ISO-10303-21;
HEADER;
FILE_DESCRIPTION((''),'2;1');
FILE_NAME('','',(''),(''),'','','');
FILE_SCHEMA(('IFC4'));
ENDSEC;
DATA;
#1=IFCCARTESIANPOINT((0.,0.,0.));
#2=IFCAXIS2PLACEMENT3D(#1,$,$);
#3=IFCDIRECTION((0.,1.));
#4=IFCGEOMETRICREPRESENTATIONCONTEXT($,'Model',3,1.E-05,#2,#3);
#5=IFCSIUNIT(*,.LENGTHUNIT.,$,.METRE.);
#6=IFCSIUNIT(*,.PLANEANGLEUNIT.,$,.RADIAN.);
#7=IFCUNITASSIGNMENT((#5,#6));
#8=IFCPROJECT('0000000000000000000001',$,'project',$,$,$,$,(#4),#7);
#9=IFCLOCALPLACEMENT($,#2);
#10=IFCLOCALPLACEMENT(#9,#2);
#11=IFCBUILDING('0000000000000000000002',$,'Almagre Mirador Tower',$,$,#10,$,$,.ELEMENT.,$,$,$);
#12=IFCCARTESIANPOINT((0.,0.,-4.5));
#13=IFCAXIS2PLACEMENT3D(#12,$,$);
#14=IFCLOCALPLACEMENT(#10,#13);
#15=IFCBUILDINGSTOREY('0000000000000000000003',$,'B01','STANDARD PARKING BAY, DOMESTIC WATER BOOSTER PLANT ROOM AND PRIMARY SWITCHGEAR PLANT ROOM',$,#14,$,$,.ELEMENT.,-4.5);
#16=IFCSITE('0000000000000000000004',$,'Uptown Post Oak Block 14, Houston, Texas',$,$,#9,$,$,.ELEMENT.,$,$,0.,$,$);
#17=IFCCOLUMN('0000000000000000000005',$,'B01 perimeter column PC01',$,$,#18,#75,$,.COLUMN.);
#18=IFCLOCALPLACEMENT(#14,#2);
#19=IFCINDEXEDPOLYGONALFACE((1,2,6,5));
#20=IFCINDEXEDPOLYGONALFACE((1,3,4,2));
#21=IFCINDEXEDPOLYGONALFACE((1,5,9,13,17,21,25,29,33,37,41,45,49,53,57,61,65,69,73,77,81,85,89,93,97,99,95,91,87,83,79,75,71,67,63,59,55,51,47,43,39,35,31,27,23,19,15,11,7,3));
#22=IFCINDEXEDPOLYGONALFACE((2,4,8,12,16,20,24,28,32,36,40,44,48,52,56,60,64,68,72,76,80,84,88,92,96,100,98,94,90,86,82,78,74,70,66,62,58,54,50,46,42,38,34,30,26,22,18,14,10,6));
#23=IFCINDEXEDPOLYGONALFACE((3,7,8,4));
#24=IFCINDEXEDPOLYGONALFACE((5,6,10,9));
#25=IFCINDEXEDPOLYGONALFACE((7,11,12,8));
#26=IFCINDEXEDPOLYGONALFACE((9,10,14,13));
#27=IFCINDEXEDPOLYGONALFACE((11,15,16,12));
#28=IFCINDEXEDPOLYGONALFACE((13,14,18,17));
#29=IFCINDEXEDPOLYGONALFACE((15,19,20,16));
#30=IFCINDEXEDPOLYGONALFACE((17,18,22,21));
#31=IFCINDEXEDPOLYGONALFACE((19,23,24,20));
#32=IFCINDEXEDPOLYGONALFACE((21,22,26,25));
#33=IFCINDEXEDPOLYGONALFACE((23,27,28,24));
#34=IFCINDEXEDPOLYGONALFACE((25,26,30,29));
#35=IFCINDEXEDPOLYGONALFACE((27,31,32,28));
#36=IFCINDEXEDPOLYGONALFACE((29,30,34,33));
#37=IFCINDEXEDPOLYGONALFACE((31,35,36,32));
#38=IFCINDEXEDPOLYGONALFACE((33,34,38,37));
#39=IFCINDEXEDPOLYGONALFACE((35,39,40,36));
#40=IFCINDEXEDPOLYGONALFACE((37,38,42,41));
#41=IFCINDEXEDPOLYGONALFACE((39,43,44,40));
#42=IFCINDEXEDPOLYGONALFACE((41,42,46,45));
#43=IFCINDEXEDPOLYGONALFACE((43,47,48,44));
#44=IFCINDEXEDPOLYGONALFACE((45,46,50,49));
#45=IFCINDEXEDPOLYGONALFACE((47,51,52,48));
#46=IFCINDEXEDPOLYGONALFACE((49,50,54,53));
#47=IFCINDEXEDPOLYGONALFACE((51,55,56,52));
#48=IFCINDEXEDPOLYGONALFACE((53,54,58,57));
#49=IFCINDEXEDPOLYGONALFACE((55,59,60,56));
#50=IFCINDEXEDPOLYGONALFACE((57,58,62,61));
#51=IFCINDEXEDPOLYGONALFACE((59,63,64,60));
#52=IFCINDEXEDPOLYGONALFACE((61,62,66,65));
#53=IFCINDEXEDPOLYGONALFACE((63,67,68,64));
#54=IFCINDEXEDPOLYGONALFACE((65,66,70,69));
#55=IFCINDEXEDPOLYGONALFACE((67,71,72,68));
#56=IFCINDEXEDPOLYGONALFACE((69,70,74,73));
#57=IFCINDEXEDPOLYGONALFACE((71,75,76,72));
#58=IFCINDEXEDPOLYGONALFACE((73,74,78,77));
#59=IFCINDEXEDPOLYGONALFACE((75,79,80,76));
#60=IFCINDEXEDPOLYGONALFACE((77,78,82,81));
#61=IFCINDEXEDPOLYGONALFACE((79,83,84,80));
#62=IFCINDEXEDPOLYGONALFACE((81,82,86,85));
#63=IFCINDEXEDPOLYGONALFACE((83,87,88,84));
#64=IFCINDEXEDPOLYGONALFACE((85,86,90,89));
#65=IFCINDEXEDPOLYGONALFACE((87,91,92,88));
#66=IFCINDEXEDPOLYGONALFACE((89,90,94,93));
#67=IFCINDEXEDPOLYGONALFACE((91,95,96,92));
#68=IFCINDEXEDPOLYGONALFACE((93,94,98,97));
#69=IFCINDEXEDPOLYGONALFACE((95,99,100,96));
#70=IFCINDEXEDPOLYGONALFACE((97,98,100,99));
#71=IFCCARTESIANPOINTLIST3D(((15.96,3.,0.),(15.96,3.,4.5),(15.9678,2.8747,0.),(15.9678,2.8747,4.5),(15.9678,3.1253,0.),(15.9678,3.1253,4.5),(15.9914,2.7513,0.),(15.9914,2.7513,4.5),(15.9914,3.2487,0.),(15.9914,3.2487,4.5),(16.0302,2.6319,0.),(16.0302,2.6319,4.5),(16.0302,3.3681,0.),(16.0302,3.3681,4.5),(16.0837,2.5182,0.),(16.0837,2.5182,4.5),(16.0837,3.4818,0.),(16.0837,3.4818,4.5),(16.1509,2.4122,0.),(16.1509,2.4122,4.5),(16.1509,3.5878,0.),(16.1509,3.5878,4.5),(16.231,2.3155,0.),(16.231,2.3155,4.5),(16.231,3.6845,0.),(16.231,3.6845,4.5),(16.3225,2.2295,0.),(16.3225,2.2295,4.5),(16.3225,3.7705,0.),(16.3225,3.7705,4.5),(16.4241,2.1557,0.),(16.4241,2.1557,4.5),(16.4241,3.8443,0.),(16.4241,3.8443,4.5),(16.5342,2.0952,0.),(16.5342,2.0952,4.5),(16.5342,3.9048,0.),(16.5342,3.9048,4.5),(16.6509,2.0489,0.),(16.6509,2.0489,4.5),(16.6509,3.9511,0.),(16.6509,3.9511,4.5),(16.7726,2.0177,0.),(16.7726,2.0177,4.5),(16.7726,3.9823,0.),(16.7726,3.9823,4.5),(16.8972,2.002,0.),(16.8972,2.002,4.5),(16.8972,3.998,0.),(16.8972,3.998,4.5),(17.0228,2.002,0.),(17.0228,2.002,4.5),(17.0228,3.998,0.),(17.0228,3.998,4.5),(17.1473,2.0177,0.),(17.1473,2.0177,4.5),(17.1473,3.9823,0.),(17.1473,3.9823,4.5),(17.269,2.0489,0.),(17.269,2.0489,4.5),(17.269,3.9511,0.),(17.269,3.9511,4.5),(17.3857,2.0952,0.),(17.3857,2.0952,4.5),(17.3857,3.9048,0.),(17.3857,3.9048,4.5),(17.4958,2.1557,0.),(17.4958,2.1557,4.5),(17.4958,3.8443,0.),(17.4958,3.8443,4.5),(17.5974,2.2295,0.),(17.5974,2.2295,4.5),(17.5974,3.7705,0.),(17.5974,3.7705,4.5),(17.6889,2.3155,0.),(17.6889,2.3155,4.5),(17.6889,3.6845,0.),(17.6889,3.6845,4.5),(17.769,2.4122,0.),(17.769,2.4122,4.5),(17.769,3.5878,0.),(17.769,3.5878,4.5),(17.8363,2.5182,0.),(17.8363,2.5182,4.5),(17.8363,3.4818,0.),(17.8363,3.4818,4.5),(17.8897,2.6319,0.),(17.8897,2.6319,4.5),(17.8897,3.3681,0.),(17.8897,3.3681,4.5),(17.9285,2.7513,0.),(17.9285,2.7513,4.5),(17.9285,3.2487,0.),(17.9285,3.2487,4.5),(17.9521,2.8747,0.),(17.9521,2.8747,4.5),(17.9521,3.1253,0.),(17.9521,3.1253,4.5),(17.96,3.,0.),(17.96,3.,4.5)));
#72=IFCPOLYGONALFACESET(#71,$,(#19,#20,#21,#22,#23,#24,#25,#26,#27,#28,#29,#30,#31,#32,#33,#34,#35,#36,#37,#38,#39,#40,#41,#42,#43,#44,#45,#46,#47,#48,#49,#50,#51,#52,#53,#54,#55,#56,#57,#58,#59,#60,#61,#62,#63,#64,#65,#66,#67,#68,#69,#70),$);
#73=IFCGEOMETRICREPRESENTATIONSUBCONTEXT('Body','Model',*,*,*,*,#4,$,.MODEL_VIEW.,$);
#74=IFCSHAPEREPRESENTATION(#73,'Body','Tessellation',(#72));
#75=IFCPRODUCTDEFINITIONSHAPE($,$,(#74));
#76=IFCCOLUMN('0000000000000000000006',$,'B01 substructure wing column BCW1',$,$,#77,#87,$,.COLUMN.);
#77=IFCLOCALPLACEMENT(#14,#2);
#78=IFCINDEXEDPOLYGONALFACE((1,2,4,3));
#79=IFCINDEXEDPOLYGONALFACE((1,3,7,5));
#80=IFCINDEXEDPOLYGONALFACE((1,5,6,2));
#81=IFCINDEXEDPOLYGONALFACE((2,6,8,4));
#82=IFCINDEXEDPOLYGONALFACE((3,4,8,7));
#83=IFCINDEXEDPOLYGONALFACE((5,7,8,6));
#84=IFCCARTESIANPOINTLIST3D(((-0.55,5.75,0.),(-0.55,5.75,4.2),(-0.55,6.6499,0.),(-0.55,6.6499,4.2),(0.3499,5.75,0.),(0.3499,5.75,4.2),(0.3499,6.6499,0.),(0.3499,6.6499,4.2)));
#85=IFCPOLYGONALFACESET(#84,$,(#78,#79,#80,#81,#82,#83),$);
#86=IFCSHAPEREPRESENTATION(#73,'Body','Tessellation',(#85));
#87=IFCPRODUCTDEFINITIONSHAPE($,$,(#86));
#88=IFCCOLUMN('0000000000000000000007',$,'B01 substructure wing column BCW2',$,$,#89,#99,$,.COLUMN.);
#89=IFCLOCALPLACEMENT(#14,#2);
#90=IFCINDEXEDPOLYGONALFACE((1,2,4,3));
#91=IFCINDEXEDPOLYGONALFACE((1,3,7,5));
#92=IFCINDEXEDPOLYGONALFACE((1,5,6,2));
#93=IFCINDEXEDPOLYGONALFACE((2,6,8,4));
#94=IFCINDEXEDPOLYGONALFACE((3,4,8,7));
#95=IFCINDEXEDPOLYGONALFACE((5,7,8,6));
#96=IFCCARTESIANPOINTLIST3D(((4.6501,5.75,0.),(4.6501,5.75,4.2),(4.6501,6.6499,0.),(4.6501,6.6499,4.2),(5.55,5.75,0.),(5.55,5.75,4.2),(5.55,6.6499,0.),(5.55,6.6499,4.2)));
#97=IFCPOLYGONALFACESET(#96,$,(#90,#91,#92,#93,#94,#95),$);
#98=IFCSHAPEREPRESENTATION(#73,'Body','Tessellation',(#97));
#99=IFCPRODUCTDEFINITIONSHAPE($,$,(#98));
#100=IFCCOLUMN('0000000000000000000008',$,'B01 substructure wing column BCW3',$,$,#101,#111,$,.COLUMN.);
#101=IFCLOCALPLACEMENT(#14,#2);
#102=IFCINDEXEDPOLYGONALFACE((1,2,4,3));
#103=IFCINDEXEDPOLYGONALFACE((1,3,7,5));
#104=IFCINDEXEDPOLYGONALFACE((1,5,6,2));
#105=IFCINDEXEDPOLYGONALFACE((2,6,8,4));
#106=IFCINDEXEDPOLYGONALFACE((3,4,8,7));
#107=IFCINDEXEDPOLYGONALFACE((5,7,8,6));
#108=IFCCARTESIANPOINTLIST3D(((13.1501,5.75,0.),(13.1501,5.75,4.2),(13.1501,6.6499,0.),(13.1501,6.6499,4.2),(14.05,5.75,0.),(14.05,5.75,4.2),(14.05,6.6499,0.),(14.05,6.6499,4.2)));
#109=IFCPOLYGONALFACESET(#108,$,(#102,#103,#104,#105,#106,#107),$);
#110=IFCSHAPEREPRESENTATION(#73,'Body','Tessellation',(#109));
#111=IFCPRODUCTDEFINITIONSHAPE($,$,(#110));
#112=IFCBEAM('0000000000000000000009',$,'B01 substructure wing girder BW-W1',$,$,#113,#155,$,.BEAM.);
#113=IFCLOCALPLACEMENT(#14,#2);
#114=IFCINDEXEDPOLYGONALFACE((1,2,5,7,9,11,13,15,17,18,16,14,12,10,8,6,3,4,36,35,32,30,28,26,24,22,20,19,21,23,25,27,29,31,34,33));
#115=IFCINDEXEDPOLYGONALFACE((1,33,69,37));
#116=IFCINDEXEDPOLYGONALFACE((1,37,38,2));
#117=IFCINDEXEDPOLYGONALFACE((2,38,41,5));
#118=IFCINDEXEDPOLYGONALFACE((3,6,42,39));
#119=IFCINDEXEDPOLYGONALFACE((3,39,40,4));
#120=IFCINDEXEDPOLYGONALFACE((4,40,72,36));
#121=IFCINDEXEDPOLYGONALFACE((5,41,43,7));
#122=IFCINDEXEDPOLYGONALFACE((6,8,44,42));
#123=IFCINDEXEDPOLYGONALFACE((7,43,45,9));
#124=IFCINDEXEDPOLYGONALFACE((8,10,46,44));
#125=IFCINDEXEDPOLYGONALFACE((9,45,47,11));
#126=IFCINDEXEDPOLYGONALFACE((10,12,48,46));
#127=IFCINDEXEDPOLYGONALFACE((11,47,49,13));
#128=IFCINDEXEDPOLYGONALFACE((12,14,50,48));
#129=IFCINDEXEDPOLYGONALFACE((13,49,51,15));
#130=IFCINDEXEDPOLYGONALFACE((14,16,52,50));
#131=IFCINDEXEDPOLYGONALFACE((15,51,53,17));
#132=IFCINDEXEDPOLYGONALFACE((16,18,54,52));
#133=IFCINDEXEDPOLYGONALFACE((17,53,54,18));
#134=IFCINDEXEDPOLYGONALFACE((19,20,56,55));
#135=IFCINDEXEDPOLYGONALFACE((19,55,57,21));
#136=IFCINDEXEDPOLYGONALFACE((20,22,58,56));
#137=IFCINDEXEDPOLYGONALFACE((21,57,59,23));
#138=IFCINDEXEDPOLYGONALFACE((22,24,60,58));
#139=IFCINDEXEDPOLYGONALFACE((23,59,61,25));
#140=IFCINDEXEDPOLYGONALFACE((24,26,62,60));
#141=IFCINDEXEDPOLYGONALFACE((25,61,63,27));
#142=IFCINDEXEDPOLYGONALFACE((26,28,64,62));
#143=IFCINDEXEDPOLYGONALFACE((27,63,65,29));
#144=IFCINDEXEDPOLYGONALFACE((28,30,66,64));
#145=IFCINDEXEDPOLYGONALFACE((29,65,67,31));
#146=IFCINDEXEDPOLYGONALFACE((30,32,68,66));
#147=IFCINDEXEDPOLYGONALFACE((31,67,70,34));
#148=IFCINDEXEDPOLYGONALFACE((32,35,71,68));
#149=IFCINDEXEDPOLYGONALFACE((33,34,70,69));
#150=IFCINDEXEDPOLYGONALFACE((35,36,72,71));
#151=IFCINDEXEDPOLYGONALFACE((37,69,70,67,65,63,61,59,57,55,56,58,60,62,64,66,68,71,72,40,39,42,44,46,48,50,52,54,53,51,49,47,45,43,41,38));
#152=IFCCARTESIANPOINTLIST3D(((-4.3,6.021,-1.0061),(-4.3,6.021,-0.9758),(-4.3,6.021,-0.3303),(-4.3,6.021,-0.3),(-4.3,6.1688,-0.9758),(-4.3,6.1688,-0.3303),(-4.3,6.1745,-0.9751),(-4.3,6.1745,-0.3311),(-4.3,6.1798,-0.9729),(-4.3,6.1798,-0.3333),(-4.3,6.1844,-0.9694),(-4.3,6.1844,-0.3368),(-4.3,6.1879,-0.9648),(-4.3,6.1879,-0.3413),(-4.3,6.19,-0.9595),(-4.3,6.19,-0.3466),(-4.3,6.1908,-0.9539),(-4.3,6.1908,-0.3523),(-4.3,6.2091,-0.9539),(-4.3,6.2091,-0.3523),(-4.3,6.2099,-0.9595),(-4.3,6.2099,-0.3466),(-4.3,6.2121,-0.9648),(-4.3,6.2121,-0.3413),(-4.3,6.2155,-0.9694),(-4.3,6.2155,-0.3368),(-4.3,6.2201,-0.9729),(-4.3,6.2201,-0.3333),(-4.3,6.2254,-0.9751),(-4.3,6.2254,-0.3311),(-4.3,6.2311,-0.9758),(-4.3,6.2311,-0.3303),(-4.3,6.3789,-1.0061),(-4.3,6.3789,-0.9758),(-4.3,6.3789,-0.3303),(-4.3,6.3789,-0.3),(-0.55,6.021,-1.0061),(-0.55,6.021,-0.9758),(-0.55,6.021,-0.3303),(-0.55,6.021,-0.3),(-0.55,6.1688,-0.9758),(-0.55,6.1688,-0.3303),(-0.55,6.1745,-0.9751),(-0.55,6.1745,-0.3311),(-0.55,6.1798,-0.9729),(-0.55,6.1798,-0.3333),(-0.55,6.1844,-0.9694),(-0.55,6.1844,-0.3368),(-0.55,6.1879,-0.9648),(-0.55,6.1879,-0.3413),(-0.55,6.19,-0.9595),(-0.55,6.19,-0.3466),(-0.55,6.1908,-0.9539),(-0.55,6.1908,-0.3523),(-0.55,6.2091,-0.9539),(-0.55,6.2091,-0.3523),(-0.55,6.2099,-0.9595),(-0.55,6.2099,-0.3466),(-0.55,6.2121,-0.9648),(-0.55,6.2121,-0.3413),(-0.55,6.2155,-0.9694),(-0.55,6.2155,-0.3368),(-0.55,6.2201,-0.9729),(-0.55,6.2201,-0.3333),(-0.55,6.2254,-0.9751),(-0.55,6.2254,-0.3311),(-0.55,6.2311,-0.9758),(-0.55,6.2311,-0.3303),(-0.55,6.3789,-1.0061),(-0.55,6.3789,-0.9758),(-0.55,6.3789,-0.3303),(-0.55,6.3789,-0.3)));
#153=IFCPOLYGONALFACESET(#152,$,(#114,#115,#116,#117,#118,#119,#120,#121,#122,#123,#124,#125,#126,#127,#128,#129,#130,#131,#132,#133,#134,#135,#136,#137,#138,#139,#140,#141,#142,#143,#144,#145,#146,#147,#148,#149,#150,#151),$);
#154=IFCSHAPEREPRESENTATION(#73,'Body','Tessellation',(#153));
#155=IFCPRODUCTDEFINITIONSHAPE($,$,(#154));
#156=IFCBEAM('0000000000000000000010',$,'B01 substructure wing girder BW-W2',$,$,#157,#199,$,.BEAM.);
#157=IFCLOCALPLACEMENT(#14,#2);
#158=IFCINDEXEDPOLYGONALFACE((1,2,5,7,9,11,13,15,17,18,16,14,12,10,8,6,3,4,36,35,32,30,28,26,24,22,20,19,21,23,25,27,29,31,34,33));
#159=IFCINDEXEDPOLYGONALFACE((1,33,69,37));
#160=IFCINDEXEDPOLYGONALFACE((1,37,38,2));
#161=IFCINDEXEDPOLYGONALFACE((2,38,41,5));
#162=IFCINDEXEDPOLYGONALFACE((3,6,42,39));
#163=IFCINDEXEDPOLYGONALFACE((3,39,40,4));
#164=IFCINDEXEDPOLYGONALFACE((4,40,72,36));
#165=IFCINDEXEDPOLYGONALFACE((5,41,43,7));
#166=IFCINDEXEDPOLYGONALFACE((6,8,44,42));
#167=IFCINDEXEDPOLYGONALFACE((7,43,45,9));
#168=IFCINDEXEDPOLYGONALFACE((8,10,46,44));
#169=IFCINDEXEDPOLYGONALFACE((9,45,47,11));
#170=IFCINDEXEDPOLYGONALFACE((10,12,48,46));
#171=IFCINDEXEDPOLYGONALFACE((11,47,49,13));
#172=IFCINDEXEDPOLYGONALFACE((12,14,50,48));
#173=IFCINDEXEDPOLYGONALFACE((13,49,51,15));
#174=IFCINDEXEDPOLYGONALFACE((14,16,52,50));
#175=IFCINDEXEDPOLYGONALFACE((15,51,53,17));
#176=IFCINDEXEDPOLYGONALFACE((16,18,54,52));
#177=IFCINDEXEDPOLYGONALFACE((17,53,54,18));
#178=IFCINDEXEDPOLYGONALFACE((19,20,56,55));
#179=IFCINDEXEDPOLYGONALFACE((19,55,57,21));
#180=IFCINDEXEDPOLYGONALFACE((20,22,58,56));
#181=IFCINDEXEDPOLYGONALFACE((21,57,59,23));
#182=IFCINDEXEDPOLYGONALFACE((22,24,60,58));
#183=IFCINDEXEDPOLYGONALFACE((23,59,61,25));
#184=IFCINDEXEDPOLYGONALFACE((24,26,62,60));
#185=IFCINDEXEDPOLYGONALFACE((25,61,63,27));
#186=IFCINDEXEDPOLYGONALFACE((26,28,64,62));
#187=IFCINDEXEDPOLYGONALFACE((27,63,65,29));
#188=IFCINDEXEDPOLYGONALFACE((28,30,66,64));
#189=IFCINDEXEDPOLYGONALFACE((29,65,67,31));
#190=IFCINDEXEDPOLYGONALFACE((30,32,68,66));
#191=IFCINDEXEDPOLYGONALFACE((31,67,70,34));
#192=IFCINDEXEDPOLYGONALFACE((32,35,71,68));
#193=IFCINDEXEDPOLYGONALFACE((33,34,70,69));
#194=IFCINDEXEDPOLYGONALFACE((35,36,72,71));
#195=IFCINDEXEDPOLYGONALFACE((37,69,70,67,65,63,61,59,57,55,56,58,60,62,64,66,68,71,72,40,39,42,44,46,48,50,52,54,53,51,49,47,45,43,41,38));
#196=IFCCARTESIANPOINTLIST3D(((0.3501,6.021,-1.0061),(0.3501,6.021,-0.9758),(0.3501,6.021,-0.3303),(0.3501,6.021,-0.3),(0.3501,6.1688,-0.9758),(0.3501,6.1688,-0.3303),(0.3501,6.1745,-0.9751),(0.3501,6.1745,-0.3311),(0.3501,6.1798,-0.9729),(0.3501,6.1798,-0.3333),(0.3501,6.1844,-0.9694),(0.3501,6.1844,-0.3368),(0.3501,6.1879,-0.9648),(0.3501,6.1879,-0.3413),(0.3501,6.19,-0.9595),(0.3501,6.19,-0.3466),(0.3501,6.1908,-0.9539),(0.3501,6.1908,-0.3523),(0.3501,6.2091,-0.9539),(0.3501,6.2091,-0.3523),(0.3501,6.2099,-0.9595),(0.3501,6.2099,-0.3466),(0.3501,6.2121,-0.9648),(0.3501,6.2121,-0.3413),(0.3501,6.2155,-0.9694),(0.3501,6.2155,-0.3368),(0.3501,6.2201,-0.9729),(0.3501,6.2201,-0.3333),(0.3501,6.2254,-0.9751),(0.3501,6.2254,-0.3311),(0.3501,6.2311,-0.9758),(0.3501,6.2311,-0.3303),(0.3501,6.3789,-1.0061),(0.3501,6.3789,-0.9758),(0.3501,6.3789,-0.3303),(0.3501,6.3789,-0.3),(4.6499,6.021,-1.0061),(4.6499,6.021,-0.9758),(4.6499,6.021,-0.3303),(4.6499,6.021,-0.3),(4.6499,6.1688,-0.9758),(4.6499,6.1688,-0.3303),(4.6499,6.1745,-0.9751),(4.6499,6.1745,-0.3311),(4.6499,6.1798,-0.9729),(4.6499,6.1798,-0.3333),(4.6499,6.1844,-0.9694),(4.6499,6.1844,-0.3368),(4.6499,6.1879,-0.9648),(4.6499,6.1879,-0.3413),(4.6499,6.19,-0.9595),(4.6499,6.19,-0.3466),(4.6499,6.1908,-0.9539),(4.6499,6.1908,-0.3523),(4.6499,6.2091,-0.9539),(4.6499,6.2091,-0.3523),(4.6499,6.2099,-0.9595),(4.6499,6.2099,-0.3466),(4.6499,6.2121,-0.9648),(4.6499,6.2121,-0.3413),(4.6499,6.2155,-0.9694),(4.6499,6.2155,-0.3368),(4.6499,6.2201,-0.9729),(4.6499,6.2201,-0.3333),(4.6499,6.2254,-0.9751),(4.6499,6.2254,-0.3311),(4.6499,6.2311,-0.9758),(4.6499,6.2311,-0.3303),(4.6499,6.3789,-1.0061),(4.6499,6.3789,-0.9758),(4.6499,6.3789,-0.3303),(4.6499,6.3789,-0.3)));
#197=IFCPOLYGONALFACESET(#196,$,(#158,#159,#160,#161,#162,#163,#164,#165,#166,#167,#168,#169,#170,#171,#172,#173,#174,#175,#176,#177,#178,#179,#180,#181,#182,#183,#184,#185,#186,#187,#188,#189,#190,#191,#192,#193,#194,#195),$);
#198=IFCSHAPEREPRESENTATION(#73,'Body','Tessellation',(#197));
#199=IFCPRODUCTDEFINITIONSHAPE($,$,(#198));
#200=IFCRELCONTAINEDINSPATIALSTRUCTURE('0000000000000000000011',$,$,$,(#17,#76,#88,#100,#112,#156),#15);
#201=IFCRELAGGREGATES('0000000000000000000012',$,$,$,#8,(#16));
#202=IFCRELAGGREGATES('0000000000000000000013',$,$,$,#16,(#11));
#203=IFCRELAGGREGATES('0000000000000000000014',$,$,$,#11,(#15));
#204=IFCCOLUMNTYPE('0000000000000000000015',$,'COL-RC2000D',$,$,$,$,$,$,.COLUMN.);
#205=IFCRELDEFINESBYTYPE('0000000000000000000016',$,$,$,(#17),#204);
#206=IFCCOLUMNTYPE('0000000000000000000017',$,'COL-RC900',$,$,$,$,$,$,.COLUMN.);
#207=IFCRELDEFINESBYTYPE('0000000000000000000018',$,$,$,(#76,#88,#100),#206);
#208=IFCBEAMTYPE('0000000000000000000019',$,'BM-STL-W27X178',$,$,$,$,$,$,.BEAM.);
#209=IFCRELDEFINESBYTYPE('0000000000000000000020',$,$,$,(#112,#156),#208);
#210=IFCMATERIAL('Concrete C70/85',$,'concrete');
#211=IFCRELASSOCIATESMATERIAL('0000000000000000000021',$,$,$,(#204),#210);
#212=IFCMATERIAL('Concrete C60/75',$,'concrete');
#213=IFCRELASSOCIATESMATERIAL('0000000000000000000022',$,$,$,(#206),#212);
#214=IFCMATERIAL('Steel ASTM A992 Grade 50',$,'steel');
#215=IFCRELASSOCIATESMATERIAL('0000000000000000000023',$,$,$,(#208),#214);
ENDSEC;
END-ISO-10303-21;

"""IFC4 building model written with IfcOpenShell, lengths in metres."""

from ifc_helpers import new_model, si_unit, direction, frame, origin, origin_2d, place, context, subcontext, project, spatial, rectangle, circle, i_section, extrude, material, material_profile, profile_set, type_object, element, save


model = new_model("IFC4")

# Units and contexts
model_context = context("Model", 3, precision=1e-05, world=origin(), true_north=direction((0.0, 1.0)))
body_context = subcontext(model_context, "Body", "Model", "MODEL_VIEW")
ifc_project = project(units=[si_unit("LENGTHUNIT", "METRE"), si_unit("PLANEANGLEUNIT", "RADIAN")], contexts=[model_context])

# Site, building, storey
site_placement = place(None, origin())
site = spatial("IfcSite", under=ifc_project, at=site_placement, Name="Uptown Post Oak Block 14, Houston, Texas", CompositionType="ELEMENT", RefElevation=0.0)
building_placement = place(site_placement, origin())
building = spatial("IfcBuilding", under=site, at=building_placement, Name="Almagre Mirador Tower", CompositionType="ELEMENT")
storey_placement = place(building_placement, frame((0.0, 0.0, -4.5)))
storey = spatial("IfcBuildingStorey", under=building, at=storey_placement, Name="B01", Description="STANDARD PARKING BAY, DOMESTIC WATER BOOSTER PLANT ROOM AND PRIMARY SWITCHGEAR PLANT ROOM", CompositionType="ELEMENT", Elevation=-4.5)

# Columns
ifc_material_1 = material(Name="Concrete C70/85", Category="concrete")
ifc_material_profile_1 = material_profile(ifc_material_1, circle(Radius=1.0, at=origin_2d()), Name="RC2000D")
ifc_profile_set_1 = profile_set([ifc_material_profile_1], Name="Concrete C70/85")
column_type_1 = type_object("IfcColumnType", Name="COL-RC2000D", PredefinedType="COLUMN", material=ifc_profile_set_1)
column_placement = place(storey_placement, frame((16.96, 3.0, 0.0), z_axis=(0.0, 0.0, 1.0), x_axis=(1.0, 0.0, 0.0)))
element("IfcColumn", 1, at=column_placement, inside=storey, type_object=column_type_1, Name="B01 perimeter column PC01", PredefinedType="COLUMN", context=body_context, shape_type="SweptSolid", body=[
    extrude(circle(Radius=1.0, at=origin_2d()), origin(), (0.0, 0.0, 1.0), 4.5),
])
ifc_material_2 = material(Name="Concrete C60/75", Category="concrete")
ifc_material_profile_2 = material_profile(ifc_material_2, rectangle(XDim=0.8999, YDim=0.8999, at=origin_2d()), Name="RC900X900")
ifc_profile_set_2 = profile_set([ifc_material_profile_2], Name="Concrete C60/75")
column_type_2 = type_object("IfcColumnType", Name="COL-RC900", PredefinedType="COLUMN", material=ifc_profile_set_2)
for number, where, z_axis, x_axis, name in (
    (2, (-0.1001, 6.2, 0.0), (0.0, 0.0, 1.0), (1.0, 0.0, 0.0), "B01 substructure wing column BCW1"),
    (3, (5.1001, 6.2, 0.0), (0.0, 0.0, 1.0), (1.0, 0.0, 0.0), "B01 substructure wing column BCW2"),
    (4, (13.6001, 6.2, 0.0), (0.0, 0.0, 1.0), (1.0, 0.0, 0.0), "B01 substructure wing column BCW3"),
):
    element("IfcColumn", number, at=place(storey_placement, frame(where, z_axis=z_axis, x_axis=x_axis)), inside=storey, type_object=column_type_2, Name=name, PredefinedType="COLUMN", context=body_context, shape_type="SweptSolid", body=[
        extrude(rectangle(XDim=0.8999, YDim=0.8999, at=origin_2d()), origin(), (0.0, 0.0, 1.0), 4.2),
    ])

# Beams
ifc_material_3 = material(Name="Steel ASTM A992 Grade 50", Category="steel")
ifc_material_profile_3 = material_profile(ifc_material_3, i_section(OverallWidth=0.3579, OverallDepth=0.7061, WebThickness=0.0183, FlangeThickness=0.0303, FilletRadius=0.022, at=origin_2d()), Name="W27X178")
ifc_profile_set_3 = profile_set([ifc_material_profile_3], Name="Steel ASTM A992 Grade 50")
beam_type_1 = type_object("IfcBeamType", Name="BM-STL-W27X178", PredefinedType="BEAM", material=ifc_profile_set_3)
beam_1_placement = place(storey_placement, frame((-4.3, 6.2, -0.6531), z_axis=(1.0, 0.0, 0.0), x_axis=(0.0, 1.0, 0.0)))
element("IfcBeam", 5, at=beam_1_placement, inside=storey, type_object=beam_type_1, Name="B01 substructure wing girder BW-W1", PredefinedType="BEAM", context=body_context, shape_type="SweptSolid", body=[
    extrude(i_section(OverallWidth=0.3579, OverallDepth=0.7061, WebThickness=0.0183, FlangeThickness=0.0303, FilletRadius=0.022, at=origin_2d()), origin(), (0.0, 0.0, 1.0), 3.75),
])
beam_2_placement = place(storey_placement, frame((0.3501, 6.2, -0.6531), z_axis=(1.0, 0.0, 0.0), x_axis=(0.0, 1.0, 0.0)))
element("IfcBeam", 6, at=beam_2_placement, inside=storey, type_object=beam_type_1, Name="B01 substructure wing girder BW-W2", PredefinedType="BEAM", context=body_context, shape_type="SweptSolid", body=[
    extrude(i_section(OverallWidth=0.3579, OverallDepth=0.7061, WebThickness=0.0183, FlangeThickness=0.0303, FilletRadius=0.022, at=origin_2d()), origin(), (0.0, 0.0, 1.0), 4.2998),
])

save(model, "model.ifc")
